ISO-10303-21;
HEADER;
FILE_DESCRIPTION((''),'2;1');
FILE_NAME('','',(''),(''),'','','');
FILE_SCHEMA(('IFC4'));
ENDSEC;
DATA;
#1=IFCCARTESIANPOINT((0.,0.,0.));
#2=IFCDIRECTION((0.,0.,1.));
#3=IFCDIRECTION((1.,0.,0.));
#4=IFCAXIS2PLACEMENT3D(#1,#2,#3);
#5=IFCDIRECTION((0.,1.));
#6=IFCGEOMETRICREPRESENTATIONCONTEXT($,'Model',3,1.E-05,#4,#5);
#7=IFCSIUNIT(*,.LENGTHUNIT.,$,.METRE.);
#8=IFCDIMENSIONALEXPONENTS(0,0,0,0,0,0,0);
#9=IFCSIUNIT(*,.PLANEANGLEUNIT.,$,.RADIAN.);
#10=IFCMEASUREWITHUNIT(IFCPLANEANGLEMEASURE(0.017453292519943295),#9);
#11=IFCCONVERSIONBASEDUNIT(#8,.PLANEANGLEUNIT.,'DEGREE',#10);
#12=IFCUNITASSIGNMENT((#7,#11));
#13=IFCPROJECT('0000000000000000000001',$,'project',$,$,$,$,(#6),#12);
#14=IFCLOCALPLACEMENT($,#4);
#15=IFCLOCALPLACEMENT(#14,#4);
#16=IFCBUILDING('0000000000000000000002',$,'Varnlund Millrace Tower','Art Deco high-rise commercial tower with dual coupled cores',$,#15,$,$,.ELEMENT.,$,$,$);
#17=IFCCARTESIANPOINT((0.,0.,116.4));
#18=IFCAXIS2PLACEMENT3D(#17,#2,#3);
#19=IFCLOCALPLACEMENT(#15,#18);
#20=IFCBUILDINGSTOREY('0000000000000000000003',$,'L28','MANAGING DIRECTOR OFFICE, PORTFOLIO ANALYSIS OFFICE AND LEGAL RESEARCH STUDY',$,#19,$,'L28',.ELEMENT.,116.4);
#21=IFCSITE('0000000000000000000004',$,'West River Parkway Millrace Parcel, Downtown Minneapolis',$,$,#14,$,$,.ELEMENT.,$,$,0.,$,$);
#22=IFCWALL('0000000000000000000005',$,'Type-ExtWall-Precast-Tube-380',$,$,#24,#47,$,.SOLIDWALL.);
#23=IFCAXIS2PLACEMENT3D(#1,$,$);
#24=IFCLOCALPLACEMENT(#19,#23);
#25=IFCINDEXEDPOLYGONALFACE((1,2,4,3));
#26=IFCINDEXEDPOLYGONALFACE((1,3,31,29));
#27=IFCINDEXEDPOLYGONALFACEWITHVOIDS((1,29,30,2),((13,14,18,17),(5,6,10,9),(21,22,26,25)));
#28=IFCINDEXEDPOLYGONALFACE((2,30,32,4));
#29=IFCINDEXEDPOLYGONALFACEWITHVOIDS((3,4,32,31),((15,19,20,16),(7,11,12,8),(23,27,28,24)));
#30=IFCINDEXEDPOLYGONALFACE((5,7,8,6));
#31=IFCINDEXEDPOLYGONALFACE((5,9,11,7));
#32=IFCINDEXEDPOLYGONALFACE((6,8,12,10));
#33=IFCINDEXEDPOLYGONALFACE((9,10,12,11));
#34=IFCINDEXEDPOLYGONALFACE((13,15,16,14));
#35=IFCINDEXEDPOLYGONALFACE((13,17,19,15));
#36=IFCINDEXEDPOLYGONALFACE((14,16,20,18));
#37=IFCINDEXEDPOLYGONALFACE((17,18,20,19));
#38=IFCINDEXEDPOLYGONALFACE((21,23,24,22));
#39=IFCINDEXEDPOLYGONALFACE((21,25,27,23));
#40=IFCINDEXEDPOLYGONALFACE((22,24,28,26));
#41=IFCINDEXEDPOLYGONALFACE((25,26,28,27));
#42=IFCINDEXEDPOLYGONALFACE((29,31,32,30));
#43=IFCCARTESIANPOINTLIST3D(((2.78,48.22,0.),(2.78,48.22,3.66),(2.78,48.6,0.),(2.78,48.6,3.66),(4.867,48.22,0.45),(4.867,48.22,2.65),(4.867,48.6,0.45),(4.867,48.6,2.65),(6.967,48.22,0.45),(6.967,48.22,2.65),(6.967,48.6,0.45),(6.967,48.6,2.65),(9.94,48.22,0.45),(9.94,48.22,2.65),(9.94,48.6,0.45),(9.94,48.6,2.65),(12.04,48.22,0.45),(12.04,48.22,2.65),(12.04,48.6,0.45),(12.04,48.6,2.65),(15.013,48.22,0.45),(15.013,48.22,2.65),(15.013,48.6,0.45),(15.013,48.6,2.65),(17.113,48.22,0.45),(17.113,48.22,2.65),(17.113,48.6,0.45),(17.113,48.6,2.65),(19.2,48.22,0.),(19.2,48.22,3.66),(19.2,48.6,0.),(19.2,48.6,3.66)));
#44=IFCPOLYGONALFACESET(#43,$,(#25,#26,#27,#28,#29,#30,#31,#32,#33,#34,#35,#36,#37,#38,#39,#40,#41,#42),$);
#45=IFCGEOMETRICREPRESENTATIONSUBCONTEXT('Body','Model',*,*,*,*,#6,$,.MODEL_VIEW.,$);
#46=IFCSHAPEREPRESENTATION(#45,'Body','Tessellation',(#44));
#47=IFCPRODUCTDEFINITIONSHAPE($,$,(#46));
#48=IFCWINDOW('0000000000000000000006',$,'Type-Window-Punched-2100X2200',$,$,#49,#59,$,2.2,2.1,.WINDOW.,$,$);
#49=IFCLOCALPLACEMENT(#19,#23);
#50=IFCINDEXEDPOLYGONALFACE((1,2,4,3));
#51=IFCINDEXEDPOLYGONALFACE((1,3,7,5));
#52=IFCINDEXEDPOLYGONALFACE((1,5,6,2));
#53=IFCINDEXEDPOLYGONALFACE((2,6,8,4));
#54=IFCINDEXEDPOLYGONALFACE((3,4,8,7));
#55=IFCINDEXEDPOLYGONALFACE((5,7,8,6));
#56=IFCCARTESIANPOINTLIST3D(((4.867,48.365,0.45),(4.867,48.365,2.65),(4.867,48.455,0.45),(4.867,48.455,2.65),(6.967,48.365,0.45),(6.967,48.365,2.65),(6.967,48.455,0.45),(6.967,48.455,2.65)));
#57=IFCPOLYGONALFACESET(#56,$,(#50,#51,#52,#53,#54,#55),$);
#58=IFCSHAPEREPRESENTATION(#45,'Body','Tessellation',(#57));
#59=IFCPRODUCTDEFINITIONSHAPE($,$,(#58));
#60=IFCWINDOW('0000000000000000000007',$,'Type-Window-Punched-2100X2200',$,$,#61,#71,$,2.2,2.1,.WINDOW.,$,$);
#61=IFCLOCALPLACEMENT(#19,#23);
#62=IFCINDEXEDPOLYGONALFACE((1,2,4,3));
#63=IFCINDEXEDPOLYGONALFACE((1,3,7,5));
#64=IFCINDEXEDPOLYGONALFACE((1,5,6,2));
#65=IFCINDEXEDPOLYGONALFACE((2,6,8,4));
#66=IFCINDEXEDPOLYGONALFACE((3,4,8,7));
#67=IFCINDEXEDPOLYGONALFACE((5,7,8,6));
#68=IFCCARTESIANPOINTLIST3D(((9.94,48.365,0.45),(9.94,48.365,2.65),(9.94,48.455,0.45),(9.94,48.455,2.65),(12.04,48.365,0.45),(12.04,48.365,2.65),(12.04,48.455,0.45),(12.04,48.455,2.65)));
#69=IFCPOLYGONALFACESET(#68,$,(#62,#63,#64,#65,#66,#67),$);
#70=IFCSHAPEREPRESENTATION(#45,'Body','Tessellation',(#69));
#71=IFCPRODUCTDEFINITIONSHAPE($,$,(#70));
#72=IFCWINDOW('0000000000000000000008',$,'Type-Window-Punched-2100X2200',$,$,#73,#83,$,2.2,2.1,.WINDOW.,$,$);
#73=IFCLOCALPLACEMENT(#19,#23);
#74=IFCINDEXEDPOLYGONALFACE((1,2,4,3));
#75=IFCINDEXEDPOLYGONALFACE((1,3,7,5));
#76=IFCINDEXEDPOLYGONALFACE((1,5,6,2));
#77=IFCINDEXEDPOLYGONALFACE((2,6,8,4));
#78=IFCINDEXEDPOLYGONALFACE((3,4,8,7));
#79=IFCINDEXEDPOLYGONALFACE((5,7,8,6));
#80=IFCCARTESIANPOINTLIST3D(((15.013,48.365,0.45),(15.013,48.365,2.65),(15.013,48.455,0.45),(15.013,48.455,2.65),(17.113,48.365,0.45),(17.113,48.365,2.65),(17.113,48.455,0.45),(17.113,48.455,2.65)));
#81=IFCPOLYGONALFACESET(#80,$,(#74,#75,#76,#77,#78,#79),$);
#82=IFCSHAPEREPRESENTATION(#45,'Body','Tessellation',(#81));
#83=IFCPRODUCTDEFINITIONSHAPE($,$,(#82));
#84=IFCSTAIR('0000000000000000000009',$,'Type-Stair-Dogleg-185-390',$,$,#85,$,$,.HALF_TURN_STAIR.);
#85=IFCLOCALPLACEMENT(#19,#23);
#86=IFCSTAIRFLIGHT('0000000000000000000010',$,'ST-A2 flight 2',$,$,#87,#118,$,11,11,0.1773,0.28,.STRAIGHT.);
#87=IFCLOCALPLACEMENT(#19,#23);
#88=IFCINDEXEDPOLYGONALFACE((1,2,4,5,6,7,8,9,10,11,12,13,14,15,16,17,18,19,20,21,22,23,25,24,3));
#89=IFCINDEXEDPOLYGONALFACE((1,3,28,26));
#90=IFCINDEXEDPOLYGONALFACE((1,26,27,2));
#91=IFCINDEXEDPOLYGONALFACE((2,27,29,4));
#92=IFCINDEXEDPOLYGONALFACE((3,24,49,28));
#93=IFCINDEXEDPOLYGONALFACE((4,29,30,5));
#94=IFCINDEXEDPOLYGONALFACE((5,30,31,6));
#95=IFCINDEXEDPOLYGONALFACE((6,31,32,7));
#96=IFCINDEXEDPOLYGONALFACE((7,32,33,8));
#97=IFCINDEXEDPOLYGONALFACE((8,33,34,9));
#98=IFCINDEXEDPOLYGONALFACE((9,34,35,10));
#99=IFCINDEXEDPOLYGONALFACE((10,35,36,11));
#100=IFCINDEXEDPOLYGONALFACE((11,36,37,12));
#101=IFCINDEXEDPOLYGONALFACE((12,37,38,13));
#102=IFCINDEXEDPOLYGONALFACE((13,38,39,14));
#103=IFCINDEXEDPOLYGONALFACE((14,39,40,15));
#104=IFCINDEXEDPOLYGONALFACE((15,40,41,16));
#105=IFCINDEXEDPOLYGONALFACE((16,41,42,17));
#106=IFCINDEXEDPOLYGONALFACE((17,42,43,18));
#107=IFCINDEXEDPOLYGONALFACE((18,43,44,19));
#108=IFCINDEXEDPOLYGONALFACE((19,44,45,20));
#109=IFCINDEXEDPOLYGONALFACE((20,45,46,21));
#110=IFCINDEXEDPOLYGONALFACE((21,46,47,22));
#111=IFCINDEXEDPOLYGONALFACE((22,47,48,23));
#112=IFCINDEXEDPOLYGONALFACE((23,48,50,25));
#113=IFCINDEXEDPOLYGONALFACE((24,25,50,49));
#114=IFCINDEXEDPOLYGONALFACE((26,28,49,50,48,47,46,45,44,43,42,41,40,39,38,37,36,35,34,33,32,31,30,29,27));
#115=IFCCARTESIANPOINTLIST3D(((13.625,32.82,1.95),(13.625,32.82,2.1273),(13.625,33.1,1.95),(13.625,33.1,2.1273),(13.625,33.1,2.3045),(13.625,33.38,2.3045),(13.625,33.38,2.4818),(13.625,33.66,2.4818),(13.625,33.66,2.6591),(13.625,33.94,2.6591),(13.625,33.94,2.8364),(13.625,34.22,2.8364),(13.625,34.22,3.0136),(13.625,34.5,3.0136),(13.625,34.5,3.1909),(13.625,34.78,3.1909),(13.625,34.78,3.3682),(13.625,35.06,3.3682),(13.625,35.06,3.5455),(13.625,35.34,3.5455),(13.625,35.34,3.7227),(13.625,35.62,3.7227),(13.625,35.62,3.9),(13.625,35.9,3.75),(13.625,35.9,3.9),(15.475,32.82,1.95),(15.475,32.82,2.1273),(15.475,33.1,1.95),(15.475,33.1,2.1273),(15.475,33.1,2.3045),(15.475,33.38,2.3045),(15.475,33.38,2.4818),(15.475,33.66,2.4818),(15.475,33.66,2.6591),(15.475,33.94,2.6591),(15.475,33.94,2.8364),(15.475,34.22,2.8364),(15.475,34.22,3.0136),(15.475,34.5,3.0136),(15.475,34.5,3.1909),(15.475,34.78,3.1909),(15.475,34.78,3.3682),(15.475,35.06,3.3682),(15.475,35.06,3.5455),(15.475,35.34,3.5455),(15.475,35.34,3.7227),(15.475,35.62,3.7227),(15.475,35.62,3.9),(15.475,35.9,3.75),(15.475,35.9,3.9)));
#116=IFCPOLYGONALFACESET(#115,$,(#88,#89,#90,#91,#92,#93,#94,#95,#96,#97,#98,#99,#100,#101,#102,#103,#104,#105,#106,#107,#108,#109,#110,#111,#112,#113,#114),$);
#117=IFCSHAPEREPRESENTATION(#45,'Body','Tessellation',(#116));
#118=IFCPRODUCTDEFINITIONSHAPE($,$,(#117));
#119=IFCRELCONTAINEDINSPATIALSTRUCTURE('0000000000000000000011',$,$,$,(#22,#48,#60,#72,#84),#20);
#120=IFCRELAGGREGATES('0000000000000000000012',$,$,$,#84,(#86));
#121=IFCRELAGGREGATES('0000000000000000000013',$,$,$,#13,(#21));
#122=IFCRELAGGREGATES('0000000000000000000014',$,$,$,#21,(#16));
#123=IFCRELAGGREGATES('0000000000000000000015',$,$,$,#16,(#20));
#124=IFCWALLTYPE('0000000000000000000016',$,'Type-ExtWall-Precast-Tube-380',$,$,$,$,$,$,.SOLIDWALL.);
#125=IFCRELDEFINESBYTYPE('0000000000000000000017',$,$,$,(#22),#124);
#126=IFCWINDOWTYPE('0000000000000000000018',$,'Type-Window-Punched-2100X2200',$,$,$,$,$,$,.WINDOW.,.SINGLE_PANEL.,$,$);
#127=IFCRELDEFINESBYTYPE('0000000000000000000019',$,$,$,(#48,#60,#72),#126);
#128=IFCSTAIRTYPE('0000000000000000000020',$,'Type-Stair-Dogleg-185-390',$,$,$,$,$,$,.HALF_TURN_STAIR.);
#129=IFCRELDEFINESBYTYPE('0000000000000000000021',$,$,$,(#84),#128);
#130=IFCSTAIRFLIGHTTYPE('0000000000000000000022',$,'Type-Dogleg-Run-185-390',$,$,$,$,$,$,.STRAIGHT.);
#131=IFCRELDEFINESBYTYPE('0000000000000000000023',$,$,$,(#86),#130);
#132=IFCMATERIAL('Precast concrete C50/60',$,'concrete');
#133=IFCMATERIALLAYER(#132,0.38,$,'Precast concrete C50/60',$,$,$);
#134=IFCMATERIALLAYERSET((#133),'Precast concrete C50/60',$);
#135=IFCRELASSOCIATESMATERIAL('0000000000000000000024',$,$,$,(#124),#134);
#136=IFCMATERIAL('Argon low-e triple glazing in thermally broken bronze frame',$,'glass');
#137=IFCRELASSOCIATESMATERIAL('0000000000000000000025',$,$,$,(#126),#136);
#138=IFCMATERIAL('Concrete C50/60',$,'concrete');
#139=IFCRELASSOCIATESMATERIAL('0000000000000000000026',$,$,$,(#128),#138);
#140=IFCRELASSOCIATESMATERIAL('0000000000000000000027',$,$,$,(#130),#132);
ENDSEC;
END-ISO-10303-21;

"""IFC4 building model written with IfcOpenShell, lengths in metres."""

from ifc_helpers import new_model, entity, si_unit, converted_unit, direction, frame, origin_with_axes, origin_2d_with_axis, place, context, subcontext, project, spatial, polyline, rectangle, outline, extrude, material, layer, layer_set, type_object, element, fill, aggregate, save


model = new_model("IFC4")

# Units and contexts
model_context = context("Model", 3, precision=1e-05, world=origin_with_axes(), true_north=direction((0.0, 1.0)))
body_context = subcontext(model_context, "Body", "Model", "MODEL_VIEW")
ifc_project = project(units=[si_unit("LENGTHUNIT", "METRE"), converted_unit("PLANEANGLEUNIT", "DEGREE", entity("IfcPlaneAngleMeasure", 0.017453292519943295), si_unit("PLANEANGLEUNIT", "RADIAN"), dimensions=[0, 0, 0, 0, 0, 0, 0])], contexts=[model_context])

# Site, building, storey
site_placement = place(None, origin_with_axes())
site = spatial("IfcSite", under=ifc_project, at=site_placement, Name="West River Parkway Millrace Parcel, Downtown Minneapolis", CompositionType="ELEMENT", RefElevation=0.0)
building_placement = place(site_placement, origin_with_axes())
building = spatial("IfcBuilding", under=site, at=building_placement, Name="Varnlund Millrace Tower", Description="Art Deco high-rise commercial tower with dual coupled cores", CompositionType="ELEMENT")
storey_placement = place(building_placement, frame((0.0, 0.0, 116.4), z_axis=(0.0, 0.0, 1.0), x_axis=(1.0, 0.0, 0.0)))
storey = spatial("IfcBuildingStorey", under=building, at=storey_placement, Name="L28", Description="MANAGING DIRECTOR OFFICE, PORTFOLIO ANALYSIS OFFICE AND LEGAL RESEARCH STUDY", LongName="L28", CompositionType="ELEMENT", Elevation=116.4)

# Shared definitions
ifc_material_1 = material(Name="Precast concrete C50/60", Category="concrete")
ifc_layer = layer(ifc_material_1, 0.38, Name="Precast concrete C50/60")
ifc_layer_set = layer_set([ifc_layer], Name="Precast concrete C50/60")
wall_type = type_object("IfcWallType", Name="Type-ExtWall-Precast-Tube-380", PredefinedType="SOLIDWALL", material=ifc_layer_set)

# Wall, openings, windows
wall_1_placement = place(storey_placement, frame((2.78, 48.41, 0.0), z_axis=(0.0, 0.0, 1.0), x_axis=(1.0, 0.0, 0.0)))
wall_1 = element("IfcWall", 1, at=wall_1_placement, inside=storey, type_object=wall_type, Name="Type-ExtWall-Precast-Tube-380", PredefinedType="SOLIDWALL", context=body_context, shape_type="SweptSolid", body=[
    extrude(outline(polyline([(0.0, -0.19), (16.42, -0.19), (16.42, 0.19), (0.0, 0.19), (0.0, -0.19)])), origin_with_axes(), (0.0, 0.0, 1.0), 3.66),
])
opening_1_placement = place(wall_1_placement, frame((3.137, 0.0, 0.45), z_axis=(0.0, 0.0, 1.0), x_axis=(1.0, 0.0, 0.0)))
opening_1 = element("IfcOpeningElement", 2, at=opening_1_placement, cuts=wall_1, PredefinedType="OPENING", context=body_context, shape_type="SweptSolid", body=[
    extrude(rectangle(XDim=2.1, YDim=0.4, at=origin_2d_with_axis()), origin_with_axes(), (0.0, 0.0, 1.0), 2.2),
])
opening_2_placement = place(wall_1_placement, frame((8.21, 0.0, 0.45), z_axis=(0.0, 0.0, 1.0), x_axis=(1.0, 0.0, 0.0)))
opening_2 = element("IfcOpeningElement", 3, at=opening_2_placement, cuts=wall_1, PredefinedType="OPENING", context=body_context, shape_type="SweptSolid", body=[
    extrude(rectangle(XDim=2.1, YDim=0.4, at=origin_2d_with_axis()), origin_with_axes(), (0.0, 0.0, 1.0), 2.2),
])
opening_3_placement = place(wall_1_placement, frame((13.283, 0.0, 0.45), z_axis=(0.0, 0.0, 1.0), x_axis=(1.0, 0.0, 0.0)))
opening_3 = element("IfcOpeningElement", 4, at=opening_3_placement, cuts=wall_1, PredefinedType="OPENING", context=body_context, shape_type="SweptSolid", body=[
    extrude(rectangle(XDim=2.1, YDim=0.4, at=origin_2d_with_axis()), origin_with_axes(), (0.0, 0.0, 1.0), 2.2),
])
ifc_material_2 = material(Name="Argon low-e triple glazing in thermally broken bronze frame", Category="glass")
window_type = type_object("IfcWindowType", Name="Type-Window-Punched-2100X2200", PartitioningType="SINGLE_PANEL", PredefinedType="WINDOW", material=ifc_material_2)
window_1_placement = place(wall_1_placement, frame((3.137, 0.0, 0.45), z_axis=(0.0, 0.0, 1.0), x_axis=(1.0, 0.0, 0.0)))
window_1 = element("IfcWindow", 5, at=window_1_placement, inside=storey, type_object=window_type, Name="Type-Window-Punched-2100X2200", OverallHeight=2.2, OverallWidth=2.1, PredefinedType="WINDOW", context=body_context, shape_type="SweptSolid", body=[
    extrude(rectangle(XDim=2.1, YDim=0.09, at=origin_2d_with_axis()), origin_with_axes(), (0.0, 0.0, 1.0), 2.2),
])
fill(opening_1, window_1)
window_2_placement = place(wall_1_placement, frame((8.21, 0.0, 0.45), z_axis=(0.0, 0.0, 1.0), x_axis=(1.0, 0.0, 0.0)))
window_2 = element("IfcWindow", 6, at=window_2_placement, inside=storey, type_object=window_type, Name="Type-Window-Punched-2100X2200", OverallHeight=2.2, OverallWidth=2.1, PredefinedType="WINDOW", context=body_context, shape_type="SweptSolid", body=[
    extrude(rectangle(XDim=2.1, YDim=0.09, at=origin_2d_with_axis()), origin_with_axes(), (0.0, 0.0, 1.0), 2.2),
])
fill(opening_2, window_2)
window_3_placement = place(wall_1_placement, frame((13.283, 0.0, 0.45), z_axis=(0.0, 0.0, 1.0), x_axis=(1.0, 0.0, 0.0)))
window_3 = element("IfcWindow", 7, at=window_3_placement, inside=storey, type_object=window_type, Name="Type-Window-Punched-2100X2200", OverallHeight=2.2, OverallWidth=2.1, PredefinedType="WINDOW", context=body_context, shape_type="SweptSolid", body=[
    extrude(rectangle(XDim=2.1, YDim=0.09, at=origin_2d_with_axis()), origin_with_axes(), (0.0, 0.0, 1.0), 2.2),
])
fill(opening_3, window_3)

# Stair, stair flight
ifc_material_3 = material(Name="Concrete C50/60", Category="concrete")
stair_type = type_object("IfcStairType", Name="Type-Stair-Dogleg-185-390", PredefinedType="HALF_TURN_STAIR", material=ifc_material_3)
stair_placement = place(storey_placement, origin_with_axes())
stair = element("IfcStair", 8, at=stair_placement, inside=storey, type_object=stair_type, Name="Type-Stair-Dogleg-185-390", PredefinedType="HALF_TURN_STAIR")
stair_flight_type = type_object("IfcStairFlightType", Name="Type-Dogleg-Run-185-390", PredefinedType="STRAIGHT", material=ifc_material_1)
stair_flight_placement = place(storey_placement, frame((13.625, 32.82, 1.95), z_axis=(1.0, 0.0, 0.0), x_axis=(0.0, 1.0, 0.0)))
stair_flight = element("IfcStairFlight", 9, at=stair_flight_placement, type_object=stair_flight_type, Name="ST-A2 flight 2", NumberOfRisers=11, NumberOfTreads=11, PredefinedType="STRAIGHT", RiserHeight=0.1773, TreadLength=0.28, context=body_context, shape_type="SweptSolid", body=[
    extrude(outline(polyline([(0.0, 0.0), (0.0, 0.1773), (0.28, 0.1773), (0.28, 0.3545), (0.56, 0.3545), (0.56, 0.5318), (0.84, 0.5318), (0.84, 0.7091), (1.12, 0.7091), (1.12, 0.8864), (1.4, 0.8864), (1.4, 1.0636), (1.68, 1.0636), (1.68, 1.2409), (1.96, 1.2409), (1.96, 1.4182), (2.24, 1.4182), (2.24, 1.5955), (2.52, 1.5955), (2.52, 1.7727), (2.8, 1.7727), (2.8, 1.95), (3.08, 1.95), (3.08, 1.8), (0.28, 0.0), (0.0, 0.0)])), origin_with_axes(), (0.0, 0.0, 1.0), 1.85),
])
aggregate(stair, [stair_flight])

save(model, "model.ifc")
